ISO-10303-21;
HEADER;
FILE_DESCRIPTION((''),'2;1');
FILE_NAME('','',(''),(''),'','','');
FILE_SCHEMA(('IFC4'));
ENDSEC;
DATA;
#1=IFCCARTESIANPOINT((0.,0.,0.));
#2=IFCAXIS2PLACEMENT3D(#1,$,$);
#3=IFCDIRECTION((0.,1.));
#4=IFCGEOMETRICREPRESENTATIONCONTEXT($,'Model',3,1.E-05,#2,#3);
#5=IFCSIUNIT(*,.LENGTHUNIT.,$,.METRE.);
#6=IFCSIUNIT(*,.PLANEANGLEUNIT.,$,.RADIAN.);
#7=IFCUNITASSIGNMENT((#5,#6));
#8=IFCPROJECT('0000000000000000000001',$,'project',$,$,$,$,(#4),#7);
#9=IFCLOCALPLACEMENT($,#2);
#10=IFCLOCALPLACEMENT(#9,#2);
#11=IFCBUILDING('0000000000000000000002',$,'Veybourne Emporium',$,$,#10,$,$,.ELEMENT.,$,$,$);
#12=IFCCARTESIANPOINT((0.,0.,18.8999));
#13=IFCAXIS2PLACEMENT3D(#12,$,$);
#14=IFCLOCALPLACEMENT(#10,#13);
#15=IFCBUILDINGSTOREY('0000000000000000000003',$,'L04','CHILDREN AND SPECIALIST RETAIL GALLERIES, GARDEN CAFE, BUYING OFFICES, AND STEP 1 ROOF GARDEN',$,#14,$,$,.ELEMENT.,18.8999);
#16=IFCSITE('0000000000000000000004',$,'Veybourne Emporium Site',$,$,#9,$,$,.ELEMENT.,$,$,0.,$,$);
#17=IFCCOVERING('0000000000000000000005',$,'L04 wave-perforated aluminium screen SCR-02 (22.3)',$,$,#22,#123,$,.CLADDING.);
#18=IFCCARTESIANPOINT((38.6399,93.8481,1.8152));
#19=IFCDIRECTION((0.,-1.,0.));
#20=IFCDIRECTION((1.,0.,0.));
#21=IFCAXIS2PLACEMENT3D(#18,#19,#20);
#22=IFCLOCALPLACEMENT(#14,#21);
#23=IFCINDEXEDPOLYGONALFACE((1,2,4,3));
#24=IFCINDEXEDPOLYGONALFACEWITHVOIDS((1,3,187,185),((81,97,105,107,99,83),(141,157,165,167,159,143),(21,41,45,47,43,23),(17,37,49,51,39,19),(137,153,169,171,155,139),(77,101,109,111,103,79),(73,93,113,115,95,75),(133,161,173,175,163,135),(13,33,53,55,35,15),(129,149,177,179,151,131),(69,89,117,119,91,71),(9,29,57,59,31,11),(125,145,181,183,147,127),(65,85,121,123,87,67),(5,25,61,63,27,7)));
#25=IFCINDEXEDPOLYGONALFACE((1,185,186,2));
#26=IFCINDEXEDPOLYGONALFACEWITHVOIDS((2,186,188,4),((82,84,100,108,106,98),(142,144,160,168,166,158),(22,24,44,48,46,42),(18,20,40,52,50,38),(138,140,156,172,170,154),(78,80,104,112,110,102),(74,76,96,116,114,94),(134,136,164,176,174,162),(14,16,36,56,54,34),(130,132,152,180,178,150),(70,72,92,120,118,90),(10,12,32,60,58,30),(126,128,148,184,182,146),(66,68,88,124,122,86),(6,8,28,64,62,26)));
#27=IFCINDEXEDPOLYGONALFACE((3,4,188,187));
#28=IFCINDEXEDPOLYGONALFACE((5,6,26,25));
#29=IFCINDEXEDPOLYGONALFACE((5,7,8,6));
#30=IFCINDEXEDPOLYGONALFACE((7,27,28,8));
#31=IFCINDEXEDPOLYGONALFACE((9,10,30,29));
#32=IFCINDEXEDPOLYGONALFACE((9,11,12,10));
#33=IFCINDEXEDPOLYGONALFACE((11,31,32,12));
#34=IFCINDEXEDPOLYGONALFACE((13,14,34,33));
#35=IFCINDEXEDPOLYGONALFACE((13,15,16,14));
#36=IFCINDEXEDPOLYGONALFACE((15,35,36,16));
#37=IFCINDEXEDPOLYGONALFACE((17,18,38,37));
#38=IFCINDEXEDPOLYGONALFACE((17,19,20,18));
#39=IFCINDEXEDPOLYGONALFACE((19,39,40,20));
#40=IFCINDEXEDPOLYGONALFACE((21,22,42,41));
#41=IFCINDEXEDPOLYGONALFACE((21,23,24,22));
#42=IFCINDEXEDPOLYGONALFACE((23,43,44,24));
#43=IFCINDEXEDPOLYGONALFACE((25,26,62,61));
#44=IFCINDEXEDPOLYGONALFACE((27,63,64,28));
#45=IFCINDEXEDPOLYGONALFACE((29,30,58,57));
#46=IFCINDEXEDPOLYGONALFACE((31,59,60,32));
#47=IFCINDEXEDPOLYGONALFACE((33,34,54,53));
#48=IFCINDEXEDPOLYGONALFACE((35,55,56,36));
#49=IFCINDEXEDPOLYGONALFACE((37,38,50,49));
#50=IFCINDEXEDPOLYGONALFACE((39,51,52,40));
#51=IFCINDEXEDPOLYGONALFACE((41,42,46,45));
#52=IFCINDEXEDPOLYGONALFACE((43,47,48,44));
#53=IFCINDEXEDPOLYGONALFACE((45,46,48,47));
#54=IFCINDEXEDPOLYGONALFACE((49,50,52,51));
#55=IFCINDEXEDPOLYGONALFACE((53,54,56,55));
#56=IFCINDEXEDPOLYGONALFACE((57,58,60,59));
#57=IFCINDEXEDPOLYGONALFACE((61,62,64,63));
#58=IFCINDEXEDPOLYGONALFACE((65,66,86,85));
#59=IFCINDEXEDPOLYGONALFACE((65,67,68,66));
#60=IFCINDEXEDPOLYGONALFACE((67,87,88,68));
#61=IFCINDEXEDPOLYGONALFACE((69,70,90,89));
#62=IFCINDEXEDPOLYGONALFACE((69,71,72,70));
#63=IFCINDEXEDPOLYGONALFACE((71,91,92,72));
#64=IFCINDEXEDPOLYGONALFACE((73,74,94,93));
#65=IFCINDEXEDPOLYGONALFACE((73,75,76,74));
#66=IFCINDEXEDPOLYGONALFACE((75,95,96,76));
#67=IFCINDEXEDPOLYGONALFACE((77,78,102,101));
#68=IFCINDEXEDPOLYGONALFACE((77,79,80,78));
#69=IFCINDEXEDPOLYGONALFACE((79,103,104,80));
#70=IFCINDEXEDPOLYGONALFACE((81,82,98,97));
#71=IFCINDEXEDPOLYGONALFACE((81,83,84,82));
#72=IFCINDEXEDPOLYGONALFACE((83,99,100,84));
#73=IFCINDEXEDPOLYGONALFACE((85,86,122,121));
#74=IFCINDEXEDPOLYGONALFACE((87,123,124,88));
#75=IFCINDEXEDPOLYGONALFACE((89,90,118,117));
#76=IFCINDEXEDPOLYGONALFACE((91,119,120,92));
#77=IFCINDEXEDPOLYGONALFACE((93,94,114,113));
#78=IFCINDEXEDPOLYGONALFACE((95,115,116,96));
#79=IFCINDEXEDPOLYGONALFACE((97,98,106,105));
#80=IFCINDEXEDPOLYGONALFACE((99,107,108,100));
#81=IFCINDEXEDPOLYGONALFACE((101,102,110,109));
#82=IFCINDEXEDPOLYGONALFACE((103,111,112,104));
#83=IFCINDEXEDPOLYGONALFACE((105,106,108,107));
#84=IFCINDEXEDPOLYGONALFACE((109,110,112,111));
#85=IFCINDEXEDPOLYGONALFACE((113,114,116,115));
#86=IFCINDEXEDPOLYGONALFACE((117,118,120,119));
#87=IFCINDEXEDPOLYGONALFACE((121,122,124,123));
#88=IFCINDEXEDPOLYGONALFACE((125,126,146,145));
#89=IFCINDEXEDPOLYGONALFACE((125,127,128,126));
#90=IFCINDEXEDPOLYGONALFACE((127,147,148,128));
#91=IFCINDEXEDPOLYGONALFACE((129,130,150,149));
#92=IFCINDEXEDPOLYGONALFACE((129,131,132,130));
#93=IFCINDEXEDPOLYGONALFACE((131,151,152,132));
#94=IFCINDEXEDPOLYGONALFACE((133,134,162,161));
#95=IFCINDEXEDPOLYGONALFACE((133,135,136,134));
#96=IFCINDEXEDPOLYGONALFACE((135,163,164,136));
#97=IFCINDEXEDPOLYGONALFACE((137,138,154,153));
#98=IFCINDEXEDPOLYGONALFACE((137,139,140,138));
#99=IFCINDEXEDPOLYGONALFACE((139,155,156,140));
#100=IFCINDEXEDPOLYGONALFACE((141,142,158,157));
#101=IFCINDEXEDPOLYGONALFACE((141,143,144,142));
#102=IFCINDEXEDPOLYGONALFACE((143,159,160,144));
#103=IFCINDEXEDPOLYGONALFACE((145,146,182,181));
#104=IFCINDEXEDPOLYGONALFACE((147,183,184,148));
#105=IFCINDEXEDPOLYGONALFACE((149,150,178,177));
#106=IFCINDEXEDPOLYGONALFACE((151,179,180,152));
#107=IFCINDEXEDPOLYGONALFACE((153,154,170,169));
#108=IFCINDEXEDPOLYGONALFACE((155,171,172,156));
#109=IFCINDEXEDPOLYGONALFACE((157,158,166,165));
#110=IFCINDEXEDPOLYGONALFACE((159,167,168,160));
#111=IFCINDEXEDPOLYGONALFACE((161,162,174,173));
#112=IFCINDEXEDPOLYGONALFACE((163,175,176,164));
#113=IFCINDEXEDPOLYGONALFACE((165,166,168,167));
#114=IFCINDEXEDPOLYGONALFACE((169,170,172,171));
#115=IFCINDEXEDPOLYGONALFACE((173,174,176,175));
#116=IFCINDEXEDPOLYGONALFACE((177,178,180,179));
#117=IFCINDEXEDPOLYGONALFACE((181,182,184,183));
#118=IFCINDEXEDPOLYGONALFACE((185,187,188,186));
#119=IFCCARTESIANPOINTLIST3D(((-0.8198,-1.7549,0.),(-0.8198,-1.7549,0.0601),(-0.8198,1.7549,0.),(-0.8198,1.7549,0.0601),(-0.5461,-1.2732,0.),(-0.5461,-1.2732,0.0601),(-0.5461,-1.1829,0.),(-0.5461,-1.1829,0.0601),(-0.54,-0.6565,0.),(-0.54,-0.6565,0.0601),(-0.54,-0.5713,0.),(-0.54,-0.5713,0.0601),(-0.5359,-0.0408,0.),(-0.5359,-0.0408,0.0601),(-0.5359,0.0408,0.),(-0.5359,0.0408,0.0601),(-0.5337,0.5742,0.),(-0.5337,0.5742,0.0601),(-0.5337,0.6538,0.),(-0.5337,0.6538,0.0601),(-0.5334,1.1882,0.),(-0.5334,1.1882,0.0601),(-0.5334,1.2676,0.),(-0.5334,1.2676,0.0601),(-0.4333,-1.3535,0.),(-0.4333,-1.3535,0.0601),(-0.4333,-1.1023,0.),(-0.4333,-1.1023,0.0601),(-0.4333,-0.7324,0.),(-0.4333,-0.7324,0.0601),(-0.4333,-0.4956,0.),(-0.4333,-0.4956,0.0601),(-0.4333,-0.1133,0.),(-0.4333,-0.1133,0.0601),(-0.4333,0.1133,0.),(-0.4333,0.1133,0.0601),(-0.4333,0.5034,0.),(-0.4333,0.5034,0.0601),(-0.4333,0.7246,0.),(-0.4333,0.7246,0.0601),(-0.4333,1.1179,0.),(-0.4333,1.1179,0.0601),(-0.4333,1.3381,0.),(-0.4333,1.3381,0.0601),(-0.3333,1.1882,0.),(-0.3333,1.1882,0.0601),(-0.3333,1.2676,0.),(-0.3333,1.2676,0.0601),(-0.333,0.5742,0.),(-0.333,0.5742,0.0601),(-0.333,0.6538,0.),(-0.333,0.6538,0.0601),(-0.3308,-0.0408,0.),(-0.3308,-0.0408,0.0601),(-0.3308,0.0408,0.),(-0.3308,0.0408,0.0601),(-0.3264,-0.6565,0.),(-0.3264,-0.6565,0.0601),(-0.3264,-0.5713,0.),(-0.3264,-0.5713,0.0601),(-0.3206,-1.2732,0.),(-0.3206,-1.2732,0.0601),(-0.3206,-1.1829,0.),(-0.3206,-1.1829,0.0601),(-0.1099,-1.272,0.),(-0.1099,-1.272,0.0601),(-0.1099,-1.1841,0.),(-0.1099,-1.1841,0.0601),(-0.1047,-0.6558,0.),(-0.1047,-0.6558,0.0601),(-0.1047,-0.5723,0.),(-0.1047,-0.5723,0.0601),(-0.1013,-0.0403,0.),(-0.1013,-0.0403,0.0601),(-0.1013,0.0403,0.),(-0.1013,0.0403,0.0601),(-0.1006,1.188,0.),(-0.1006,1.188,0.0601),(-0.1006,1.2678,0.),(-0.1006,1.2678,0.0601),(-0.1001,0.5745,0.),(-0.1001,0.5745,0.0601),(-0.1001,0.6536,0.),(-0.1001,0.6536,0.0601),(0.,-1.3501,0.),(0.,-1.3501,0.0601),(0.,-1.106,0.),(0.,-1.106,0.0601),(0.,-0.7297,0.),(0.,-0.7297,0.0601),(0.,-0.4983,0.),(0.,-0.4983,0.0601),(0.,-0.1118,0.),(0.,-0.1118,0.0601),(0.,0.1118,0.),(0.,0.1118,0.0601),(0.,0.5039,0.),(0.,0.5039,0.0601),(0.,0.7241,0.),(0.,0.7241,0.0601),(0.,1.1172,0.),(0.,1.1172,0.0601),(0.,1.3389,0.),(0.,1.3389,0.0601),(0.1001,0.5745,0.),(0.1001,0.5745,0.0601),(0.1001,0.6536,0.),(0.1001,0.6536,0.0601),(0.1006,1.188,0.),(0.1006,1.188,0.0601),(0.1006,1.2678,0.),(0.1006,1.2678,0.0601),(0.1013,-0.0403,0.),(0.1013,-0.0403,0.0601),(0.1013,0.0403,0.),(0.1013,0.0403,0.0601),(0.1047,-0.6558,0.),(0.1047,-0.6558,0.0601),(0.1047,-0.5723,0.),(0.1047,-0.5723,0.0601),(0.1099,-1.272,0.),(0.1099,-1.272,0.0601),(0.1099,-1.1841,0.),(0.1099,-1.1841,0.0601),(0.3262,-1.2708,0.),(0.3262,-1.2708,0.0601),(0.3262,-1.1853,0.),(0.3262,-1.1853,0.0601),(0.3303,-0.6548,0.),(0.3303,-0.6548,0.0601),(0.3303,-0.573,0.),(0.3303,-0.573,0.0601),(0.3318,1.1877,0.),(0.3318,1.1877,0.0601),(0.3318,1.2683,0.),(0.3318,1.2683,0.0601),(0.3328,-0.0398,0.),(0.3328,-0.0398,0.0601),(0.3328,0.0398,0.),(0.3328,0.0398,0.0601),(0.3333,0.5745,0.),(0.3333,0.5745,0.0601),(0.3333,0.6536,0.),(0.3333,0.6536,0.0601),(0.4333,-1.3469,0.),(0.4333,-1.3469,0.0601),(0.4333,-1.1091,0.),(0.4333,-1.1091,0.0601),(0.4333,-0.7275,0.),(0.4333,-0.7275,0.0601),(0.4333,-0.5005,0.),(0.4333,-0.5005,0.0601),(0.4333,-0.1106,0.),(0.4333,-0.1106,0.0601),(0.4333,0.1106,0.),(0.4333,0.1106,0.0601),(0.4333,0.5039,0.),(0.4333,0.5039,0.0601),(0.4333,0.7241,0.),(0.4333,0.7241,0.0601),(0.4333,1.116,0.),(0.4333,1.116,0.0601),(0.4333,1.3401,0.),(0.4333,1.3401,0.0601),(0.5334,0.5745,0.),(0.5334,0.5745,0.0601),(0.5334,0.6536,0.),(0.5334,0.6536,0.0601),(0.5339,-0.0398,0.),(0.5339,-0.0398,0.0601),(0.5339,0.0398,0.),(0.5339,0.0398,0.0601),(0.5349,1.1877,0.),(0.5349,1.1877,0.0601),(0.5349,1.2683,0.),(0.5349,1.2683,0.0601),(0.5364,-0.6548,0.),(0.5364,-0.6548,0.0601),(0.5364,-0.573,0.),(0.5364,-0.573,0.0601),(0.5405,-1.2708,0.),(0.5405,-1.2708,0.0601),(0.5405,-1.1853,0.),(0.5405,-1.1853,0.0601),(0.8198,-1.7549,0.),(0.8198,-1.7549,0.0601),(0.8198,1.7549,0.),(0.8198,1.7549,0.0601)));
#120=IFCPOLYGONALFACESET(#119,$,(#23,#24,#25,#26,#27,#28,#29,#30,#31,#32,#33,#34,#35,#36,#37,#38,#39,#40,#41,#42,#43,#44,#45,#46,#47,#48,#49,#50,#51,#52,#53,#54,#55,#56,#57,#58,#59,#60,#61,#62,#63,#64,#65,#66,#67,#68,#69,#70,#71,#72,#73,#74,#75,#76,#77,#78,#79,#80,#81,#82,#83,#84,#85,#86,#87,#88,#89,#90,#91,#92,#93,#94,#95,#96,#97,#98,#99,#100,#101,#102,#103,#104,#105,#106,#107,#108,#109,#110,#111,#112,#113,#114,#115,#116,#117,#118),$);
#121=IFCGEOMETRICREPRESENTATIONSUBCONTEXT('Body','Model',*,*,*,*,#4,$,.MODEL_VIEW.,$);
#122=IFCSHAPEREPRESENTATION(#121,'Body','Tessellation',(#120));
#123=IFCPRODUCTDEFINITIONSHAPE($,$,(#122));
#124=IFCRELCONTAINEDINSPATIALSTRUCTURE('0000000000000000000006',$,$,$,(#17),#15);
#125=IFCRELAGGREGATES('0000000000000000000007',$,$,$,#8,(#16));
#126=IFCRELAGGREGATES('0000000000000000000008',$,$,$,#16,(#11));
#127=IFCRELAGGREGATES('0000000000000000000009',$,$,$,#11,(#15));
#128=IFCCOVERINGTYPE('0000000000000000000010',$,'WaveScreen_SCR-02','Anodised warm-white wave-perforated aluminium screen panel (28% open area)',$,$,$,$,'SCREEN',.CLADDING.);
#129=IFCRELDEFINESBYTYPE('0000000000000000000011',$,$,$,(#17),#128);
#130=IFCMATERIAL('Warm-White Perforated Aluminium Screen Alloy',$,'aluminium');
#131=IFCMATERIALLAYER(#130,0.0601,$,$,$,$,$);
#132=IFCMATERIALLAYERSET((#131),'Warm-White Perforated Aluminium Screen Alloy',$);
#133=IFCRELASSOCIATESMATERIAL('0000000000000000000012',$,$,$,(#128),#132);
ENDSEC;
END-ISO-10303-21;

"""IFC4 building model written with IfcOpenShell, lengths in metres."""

from ifc_helpers import new_model, si_unit, direction, frame, origin, place, context, subcontext, project, spatial, polyline, outline, extrude, material, layer, layer_set, type_object, element, save


model = new_model("IFC4")

# Units and contexts
model_context = context("Model", 3, precision=1e-05, world=origin(), true_north=direction((0.0, 1.0)))
body_context = subcontext(model_context, "Body", "Model", "MODEL_VIEW")
ifc_project = project(units=[si_unit("LENGTHUNIT", "METRE"), si_unit("PLANEANGLEUNIT", "RADIAN")], contexts=[model_context])

# Site, building, storey
site_placement = place(None, origin())
site = spatial("IfcSite", under=ifc_project, at=site_placement, Name="Veybourne Emporium Site", CompositionType="ELEMENT", RefElevation=0.0)
building_placement = place(site_placement, origin())
building = spatial("IfcBuilding", under=site, at=building_placement, Name="Veybourne Emporium", CompositionType="ELEMENT")
storey_placement = place(building_placement, frame((0.0, 0.0, 18.8999)))
storey = spatial("IfcBuildingStorey", under=building, at=storey_placement, Name="L04", Description="CHILDREN AND SPECIALIST RETAIL GALLERIES, GARDEN CAFE, BUYING OFFICES, AND STEP 1 ROOF GARDEN", CompositionType="ELEMENT", Elevation=18.8999)

# Covering
ifc_material_1 = material(Name="Warm-White Perforated Aluminium Screen Alloy", Category="aluminium")
ifc_layer_1 = layer(ifc_material_1, 0.0601)
ifc_layer_set_1 = layer_set([ifc_layer_1], Name="Warm-White Perforated Aluminium Screen Alloy")
covering_type_1 = type_object("IfcCoveringType", Name="WaveScreen_SCR-02", Description="Anodised warm-white wave-perforated aluminium screen panel (28% open area)", ElementType="SCREEN", PredefinedType="CLADDING", material=ifc_layer_set_1)
covering_1_placement = place(storey_placement, frame((38.6399, 93.8481, 1.8152), z_axis=(0.0, -1.0, 0.0), x_axis=(1.0, 0.0, 0.0)))
element("IfcCovering", 1, at=covering_1_placement, inside=storey, type_object=covering_type_1, Name="L04 wave-perforated aluminium screen SCR-02 (22.3)", PredefinedType="CLADDING", context=body_context, shape_type="SweptSolid", body=[
    extrude(outline(polyline([(-0.8198, -1.7549), (0.8198, -1.7549), (0.8198, 1.7549), (-0.8198, 1.7549), (-0.8198, -1.7549)]), holes=[polyline([(-0.4333, -1.1023), (-0.3206, -1.1829), (-0.3206, -1.2732), (-0.4333, -1.3535), (-0.5461, -1.2732), (-0.5461, -1.1829), (-0.4333, -1.1023)]), polyline([(-0.4333, -0.4956), (-0.3264, -0.5713), (-0.3264, -0.6565), (-0.4333, -0.7324), (-0.54, -0.6565), (-0.54, -0.5713), (-0.4333, -0.4956)]), polyline([(-0.4333, 0.1133), (-0.3308, 0.0408), (-0.3308, -0.0408), (-0.4333, -0.1133), (-0.5359, -0.0408), (-0.5359, 0.0408), (-0.4333, 0.1133)]), polyline([(-0.4333, 0.7246), (-0.333, 0.6538), (-0.333, 0.5742), (-0.4333, 0.5034), (-0.5337, 0.5742), (-0.5337, 0.6538), (-0.4333, 0.7246)]), polyline([(-0.4333, 1.3381), (-0.3333, 1.2676), (-0.3333, 1.1882), (-0.4333, 1.1179), (-0.5334, 1.1882), (-0.5334, 1.2676), (-0.4333, 1.3381)]), polyline([(0.0, -1.106), (0.1099, -1.1841), (0.1099, -1.272), (0.0, -1.3501), (-0.1099, -1.272), (-0.1099, -1.1841), (0.0, -1.106)]), polyline([(0.0, -0.4983), (0.1047, -0.5723), (0.1047, -0.6558), (0.0, -0.7297), (-0.1047, -0.6558), (-0.1047, -0.5723), (0.0, -0.4983)]), polyline([(0.0, 0.1118), (0.1013, 0.0403), (0.1013, -0.0403), (0.0, -0.1118), (-0.1013, -0.0403), (-0.1013, 0.0403), (0.0, 0.1118)]), polyline([(0.0, 0.7241), (0.1001, 0.6536), (0.1001, 0.5745), (0.0, 0.5039), (-0.1001, 0.5745), (-0.1001, 0.6536), (0.0, 0.7241)]), polyline([(0.0, 1.3389), (0.1006, 1.2678), (0.1006, 1.188), (0.0, 1.1172), (-0.1006, 1.188), (-0.1006, 1.2678), (0.0, 1.3389)]), polyline([(0.4333, -1.1091), (0.5405, -1.1853), (0.5405, -1.2708), (0.4333, -1.3469), (0.3262, -1.2708), (0.3262, -1.1853), (0.4333, -1.1091)]), polyline([(0.4333, -0.5005), (0.5364, -0.573), (0.5364, -0.6548), (0.4333, -0.7275), (0.3303, -0.6548), (0.3303, -0.573), (0.4333, -0.5005)]), polyline([(0.4333, 0.1106), (0.5339, 0.0398), (0.5339, -0.0398), (0.4333, -0.1106), (0.3328, -0.0398), (0.3328, 0.0398), (0.4333, 0.1106)]), polyline([(0.4333, 0.7241), (0.5334, 0.6536), (0.5334, 0.5745), (0.4333, 0.5039), (0.3333, 0.5745), (0.3333, 0.6536), (0.4333, 0.7241)]), polyline([(0.4333, 1.3401), (0.5349, 1.2683), (0.5349, 1.1877), (0.4333, 1.116), (0.3318, 1.1877), (0.3318, 1.2683), (0.4333, 1.3401)])]), origin(), (0.0, 0.0, 1.0), 0.0601),
])

save(model, "model.ifc")
